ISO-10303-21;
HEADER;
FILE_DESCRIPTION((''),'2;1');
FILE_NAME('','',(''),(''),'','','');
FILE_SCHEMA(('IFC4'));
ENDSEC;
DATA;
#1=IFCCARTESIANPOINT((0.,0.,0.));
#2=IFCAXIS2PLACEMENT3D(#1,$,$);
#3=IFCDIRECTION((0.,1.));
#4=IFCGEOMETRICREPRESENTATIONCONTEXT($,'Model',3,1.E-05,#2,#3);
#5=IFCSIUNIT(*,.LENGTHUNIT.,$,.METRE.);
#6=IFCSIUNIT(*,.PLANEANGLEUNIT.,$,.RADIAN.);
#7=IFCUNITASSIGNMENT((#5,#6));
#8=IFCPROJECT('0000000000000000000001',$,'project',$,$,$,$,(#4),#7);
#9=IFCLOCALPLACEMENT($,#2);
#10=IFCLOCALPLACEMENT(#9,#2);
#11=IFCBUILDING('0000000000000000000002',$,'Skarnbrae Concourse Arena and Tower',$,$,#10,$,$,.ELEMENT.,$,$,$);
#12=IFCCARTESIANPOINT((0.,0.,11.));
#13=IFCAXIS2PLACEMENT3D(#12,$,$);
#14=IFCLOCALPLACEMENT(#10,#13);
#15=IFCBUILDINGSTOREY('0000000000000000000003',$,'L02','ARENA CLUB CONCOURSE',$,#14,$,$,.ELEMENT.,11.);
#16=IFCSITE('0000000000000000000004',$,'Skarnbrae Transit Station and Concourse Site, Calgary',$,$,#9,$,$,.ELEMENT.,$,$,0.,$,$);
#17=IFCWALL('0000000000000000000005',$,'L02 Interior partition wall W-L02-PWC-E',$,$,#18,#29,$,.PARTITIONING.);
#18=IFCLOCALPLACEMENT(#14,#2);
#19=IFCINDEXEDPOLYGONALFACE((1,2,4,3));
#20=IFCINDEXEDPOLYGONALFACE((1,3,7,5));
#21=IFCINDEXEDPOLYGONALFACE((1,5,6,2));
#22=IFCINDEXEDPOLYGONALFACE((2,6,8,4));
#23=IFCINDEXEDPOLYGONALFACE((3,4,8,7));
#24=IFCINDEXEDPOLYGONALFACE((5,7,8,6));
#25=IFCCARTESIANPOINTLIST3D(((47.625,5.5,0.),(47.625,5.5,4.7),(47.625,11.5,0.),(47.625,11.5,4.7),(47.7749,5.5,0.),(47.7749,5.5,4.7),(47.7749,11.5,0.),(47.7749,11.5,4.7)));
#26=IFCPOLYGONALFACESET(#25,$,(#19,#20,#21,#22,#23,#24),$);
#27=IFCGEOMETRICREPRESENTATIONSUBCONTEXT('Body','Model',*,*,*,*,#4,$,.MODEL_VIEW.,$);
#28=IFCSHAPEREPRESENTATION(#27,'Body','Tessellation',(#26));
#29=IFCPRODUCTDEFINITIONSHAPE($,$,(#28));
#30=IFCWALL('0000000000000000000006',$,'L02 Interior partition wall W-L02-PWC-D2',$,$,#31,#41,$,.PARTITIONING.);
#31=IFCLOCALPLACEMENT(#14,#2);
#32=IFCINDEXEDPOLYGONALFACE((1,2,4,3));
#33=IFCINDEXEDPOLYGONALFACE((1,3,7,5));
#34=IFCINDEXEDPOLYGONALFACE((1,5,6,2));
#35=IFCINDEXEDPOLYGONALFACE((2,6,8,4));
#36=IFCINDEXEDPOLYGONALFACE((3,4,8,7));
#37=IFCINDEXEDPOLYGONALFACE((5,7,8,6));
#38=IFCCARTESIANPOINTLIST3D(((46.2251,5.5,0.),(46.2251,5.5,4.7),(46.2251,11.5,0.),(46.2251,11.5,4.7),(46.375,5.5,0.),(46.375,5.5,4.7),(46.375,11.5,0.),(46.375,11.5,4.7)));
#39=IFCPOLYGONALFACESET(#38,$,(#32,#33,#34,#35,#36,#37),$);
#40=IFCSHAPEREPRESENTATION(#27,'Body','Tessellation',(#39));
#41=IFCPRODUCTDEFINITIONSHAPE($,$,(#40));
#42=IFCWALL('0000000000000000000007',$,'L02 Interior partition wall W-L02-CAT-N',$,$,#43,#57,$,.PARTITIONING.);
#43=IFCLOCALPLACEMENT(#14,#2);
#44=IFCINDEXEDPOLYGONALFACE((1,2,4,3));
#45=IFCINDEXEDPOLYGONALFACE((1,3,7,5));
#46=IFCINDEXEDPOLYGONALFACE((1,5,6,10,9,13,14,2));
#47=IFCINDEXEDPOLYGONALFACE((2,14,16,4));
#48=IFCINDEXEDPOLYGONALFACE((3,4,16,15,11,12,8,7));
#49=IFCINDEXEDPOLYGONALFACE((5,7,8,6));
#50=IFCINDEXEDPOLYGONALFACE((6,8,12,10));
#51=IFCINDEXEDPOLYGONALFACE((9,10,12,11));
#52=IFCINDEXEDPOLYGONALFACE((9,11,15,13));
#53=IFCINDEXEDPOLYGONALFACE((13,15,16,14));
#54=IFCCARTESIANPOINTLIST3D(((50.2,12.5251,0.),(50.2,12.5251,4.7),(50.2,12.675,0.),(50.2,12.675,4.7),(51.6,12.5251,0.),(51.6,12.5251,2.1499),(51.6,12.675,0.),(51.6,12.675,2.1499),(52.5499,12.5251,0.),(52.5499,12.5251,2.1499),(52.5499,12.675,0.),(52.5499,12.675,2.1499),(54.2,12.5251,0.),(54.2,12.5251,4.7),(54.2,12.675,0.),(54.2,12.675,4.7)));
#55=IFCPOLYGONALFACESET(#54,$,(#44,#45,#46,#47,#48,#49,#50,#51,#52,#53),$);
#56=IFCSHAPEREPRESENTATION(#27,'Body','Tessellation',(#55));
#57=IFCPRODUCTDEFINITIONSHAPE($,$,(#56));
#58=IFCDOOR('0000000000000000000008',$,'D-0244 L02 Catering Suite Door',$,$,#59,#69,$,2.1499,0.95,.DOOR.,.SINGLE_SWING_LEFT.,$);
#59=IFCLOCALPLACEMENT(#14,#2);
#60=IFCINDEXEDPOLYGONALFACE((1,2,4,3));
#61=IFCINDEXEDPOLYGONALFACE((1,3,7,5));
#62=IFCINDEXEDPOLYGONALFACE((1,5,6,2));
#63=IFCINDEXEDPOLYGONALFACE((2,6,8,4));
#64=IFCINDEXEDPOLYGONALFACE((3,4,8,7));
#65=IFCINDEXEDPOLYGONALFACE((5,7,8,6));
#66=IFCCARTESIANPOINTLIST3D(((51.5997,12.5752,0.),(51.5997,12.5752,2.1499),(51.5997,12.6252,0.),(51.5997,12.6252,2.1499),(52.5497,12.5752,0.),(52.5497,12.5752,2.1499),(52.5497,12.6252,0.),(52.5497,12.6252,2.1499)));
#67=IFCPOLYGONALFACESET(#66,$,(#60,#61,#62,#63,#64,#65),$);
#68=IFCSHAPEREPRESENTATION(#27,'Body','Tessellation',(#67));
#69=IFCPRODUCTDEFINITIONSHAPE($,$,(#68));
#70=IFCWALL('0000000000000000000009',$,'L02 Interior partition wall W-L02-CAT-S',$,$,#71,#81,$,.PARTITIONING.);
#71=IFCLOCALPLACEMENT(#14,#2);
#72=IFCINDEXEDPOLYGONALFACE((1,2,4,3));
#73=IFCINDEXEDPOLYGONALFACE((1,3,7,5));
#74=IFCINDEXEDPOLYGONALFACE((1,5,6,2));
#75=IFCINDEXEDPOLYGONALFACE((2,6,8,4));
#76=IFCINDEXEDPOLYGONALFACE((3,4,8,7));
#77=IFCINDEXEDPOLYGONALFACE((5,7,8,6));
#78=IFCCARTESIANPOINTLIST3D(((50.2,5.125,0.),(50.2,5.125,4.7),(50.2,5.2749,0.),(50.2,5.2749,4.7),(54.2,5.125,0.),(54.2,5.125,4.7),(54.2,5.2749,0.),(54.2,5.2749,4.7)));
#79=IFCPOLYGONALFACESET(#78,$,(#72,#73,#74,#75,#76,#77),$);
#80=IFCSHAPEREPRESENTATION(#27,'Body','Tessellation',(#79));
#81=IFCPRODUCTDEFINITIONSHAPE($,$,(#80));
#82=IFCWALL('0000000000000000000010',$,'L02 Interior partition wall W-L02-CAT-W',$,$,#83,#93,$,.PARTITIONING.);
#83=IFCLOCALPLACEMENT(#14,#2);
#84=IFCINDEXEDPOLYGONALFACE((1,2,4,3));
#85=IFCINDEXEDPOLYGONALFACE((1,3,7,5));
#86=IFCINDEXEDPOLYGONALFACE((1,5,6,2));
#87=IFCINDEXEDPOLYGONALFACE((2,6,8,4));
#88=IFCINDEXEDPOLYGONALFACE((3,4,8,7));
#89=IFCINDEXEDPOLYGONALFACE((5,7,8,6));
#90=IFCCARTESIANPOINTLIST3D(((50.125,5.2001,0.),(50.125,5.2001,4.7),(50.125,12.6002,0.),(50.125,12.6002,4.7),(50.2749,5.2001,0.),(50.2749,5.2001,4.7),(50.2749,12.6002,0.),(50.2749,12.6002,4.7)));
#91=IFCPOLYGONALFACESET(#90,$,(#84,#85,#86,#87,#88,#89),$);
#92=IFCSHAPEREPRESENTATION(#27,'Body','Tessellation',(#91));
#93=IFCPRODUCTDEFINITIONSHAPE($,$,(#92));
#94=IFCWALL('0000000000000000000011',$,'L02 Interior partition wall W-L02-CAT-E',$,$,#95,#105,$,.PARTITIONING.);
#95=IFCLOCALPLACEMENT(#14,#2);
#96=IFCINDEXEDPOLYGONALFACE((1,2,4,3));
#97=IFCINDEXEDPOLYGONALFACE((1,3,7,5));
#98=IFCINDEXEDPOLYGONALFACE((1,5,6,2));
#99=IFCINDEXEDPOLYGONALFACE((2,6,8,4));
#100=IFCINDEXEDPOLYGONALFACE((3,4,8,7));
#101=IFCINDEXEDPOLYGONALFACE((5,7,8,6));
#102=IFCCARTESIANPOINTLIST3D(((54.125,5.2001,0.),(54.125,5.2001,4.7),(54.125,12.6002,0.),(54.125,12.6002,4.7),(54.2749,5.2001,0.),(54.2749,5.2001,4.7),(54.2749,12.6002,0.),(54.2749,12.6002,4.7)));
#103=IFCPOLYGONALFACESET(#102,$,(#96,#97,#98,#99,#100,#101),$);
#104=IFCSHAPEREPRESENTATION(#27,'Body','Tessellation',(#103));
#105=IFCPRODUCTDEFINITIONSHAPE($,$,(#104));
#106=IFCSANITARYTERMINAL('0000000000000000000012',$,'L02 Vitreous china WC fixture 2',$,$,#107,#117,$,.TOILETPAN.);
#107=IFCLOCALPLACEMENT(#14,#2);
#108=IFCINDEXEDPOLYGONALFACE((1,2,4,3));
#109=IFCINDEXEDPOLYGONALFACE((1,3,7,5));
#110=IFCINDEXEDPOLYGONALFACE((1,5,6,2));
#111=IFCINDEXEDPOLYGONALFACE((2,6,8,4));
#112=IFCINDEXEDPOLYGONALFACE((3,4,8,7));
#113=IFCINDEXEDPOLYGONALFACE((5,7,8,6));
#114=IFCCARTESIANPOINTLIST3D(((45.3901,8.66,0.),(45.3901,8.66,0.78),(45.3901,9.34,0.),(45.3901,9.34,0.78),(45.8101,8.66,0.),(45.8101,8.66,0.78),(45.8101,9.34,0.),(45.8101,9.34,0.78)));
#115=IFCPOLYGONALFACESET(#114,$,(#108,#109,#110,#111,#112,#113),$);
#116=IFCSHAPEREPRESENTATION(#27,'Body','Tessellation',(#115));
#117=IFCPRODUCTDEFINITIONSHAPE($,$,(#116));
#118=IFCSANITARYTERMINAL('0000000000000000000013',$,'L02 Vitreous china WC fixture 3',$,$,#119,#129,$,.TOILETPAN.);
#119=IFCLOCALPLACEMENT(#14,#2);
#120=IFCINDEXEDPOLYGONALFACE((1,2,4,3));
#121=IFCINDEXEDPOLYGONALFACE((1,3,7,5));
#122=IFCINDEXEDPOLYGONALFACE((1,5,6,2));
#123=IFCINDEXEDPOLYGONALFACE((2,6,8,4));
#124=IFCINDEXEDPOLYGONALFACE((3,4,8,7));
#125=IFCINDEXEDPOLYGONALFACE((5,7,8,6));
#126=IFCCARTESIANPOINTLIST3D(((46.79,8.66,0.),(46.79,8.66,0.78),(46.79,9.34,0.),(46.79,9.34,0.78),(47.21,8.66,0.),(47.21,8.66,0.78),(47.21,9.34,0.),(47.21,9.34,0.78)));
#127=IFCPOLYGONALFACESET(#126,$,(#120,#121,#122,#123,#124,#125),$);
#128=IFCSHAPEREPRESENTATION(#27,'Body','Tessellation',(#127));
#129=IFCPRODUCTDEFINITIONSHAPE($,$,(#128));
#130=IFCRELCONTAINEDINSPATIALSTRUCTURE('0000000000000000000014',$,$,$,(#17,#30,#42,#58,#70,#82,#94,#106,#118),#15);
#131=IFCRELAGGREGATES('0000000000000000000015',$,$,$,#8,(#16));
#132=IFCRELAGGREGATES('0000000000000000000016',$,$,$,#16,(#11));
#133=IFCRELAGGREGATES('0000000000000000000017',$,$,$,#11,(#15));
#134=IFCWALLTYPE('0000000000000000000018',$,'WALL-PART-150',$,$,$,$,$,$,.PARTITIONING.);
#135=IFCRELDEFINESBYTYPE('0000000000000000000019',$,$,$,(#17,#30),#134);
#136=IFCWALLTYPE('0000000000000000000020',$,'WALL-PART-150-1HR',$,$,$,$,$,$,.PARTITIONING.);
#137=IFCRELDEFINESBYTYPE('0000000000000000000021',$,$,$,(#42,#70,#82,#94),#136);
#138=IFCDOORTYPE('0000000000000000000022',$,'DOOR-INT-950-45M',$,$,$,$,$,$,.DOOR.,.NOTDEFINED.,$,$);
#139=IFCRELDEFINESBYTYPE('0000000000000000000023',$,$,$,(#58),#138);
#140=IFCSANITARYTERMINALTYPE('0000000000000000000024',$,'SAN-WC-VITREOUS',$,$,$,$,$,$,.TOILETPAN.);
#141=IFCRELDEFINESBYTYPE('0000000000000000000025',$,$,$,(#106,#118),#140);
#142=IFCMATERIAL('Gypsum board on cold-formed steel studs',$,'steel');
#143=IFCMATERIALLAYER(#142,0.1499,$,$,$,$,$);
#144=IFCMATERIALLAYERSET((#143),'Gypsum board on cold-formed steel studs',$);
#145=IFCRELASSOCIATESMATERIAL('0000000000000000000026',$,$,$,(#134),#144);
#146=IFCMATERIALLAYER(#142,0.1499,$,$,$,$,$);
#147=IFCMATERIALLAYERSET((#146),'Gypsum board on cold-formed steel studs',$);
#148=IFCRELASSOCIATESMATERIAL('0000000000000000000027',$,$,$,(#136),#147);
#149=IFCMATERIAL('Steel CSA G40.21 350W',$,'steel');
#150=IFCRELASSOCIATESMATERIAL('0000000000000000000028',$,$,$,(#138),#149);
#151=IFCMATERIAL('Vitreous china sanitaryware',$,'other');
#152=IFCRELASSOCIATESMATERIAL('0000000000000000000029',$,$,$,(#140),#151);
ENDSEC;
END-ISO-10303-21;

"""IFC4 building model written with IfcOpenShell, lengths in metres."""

from ifc_helpers import new_model, si_unit, direction, frame, frame_2d, origin, origin_2d, place, context, subcontext, project, spatial, rectangle, extrude, source, transform, mapped, material, layer, layer_set, type_object, element, fill, save


model = new_model("IFC4")

# Units and contexts
model_context = context("Model", 3, precision=1e-05, world=origin(), true_north=direction((0.0, 1.0)))
body_context = subcontext(model_context, "Body", "Model", "MODEL_VIEW")
ifc_project = project(units=[si_unit("LENGTHUNIT", "METRE"), si_unit("PLANEANGLEUNIT", "RADIAN")], contexts=[model_context])

# Site, building, storey
site_placement = place(None, origin())
site = spatial("IfcSite", under=ifc_project, at=site_placement, Name="Skarnbrae Transit Station and Concourse Site, Calgary", CompositionType="ELEMENT", RefElevation=0.0)
building_placement = place(site_placement, origin())
building = spatial("IfcBuilding", under=site, at=building_placement, Name="Skarnbrae Concourse Arena and Tower", CompositionType="ELEMENT")
storey_placement = place(building_placement, frame((0.0, 0.0, 11.0)))
storey = spatial("IfcBuildingStorey", under=building, at=storey_placement, Name="L02", Description="ARENA CLUB CONCOURSE", CompositionType="ELEMENT", Elevation=11.0)

# Shared definitions
ifc_material_1 = material(Name="Steel CSA G40.21 350W", Category="steel")

# Walls
ifc_material_2 = material(Name="Gypsum board on cold-formed steel studs", Category="steel")
ifc_layer_1 = layer(ifc_material_2, 0.1499)
ifc_layer_set_1 = layer_set([ifc_layer_1], Name="Gypsum board on cold-formed steel studs")
wall_type_1 = type_object("IfcWallType", Name="WALL-PART-150", PredefinedType="PARTITIONING", material=ifc_layer_set_1)
shared_shape_1 = source(origin(), body_context, "Body", "SweptSolid", [
    extrude(rectangle(XDim=6.0, YDim=0.1499, at=frame_2d((3.0, 0.0))), origin(), (0.0, 0.0, 1.0), 4.7),
])
for number, where, z_axis, x_axis, name in (
    (1, (47.7, 5.5, 0.0), (0.0, 0.0, 1.0), (0.0, 1.0, 0.0), "L02 Interior partition wall W-L02-PWC-E"),
    (2, (46.3, 5.5, 0.0), (0.0, 0.0, 1.0), (0.0, 1.0, 0.0), "L02 Interior partition wall W-L02-PWC-D2"),
):
    element("IfcWall", number, at=place(storey_placement, frame(where, z_axis=z_axis, x_axis=x_axis)), inside=storey, type_object=wall_type_1, Name=name, PredefinedType="PARTITIONING", context=body_context, shape_type="MappedRepresentation", body=[
        mapped(shared_shape_1, transform((0.0, 0.0, 0.0))),
    ])

# Wall, opening, door
ifc_layer_2 = layer(ifc_material_2, 0.1499)
ifc_layer_set_2 = layer_set([ifc_layer_2], Name="Gypsum board on cold-formed steel studs")
wall_type_2 = type_object("IfcWallType", Name="WALL-PART-150-1HR", PredefinedType="PARTITIONING", material=ifc_layer_set_2)
shared_shape_2 = source(origin(), body_context, "Body", "SweptSolid", [
    extrude(rectangle(XDim=4.0, YDim=0.1499, at=frame_2d((2.0, 0.0))), origin(), (0.0, 0.0, 1.0), 4.7),
])
wall_1_placement = place(storey_placement, frame((50.2, 12.6001, 0.0), z_axis=(0.0, 0.0, 1.0), x_axis=(1.0, 0.0, 0.0)))
wall_1 = element("IfcWall", 3, at=wall_1_placement, inside=storey, type_object=wall_type_2, Name="L02 Interior partition wall W-L02-CAT-N", PredefinedType="PARTITIONING", context=body_context, shape_type="MappedRepresentation", body=[
    mapped(shared_shape_2, transform((0.0, 0.0, 0.0))),
])
opening_placement = place(wall_1_placement, frame((1.3999, 0.0, 0.0)))
opening = element("IfcOpeningElement", 4, at=opening_placement, cuts=wall_1, PredefinedType="OPENING", context=body_context, shape_type="SweptSolid", body=[
    extrude(rectangle(XDim=0.95, YDim=2.1499, at=frame_2d((0.4751, 1.075))), frame((0.0, 0.085, 0.0), z_axis=(0.0, -1.0, 0.0), x_axis=(1.0, 0.0, 0.0)), (0.0, 0.0, 1.0), 0.1699),
])
door_type = type_object("IfcDoorType", Name="DOOR-INT-950-45M", OperationType="NOTDEFINED", PredefinedType="DOOR", material=ifc_material_1)
shared_shape_3 = source(origin(), body_context, "Body", "SweptSolid", [
    extrude(rectangle(XDim=0.95, YDim=2.1499, at=frame_2d((0.4751, 1.075))), frame((0.0, 0.0249, 0.0), z_axis=(0.0, -1.0, 0.0), x_axis=(1.0, 0.0, 0.0)), (0.0, 0.0, 1.0), 0.05),
])
door_placement = place(opening_placement, frame((0.95, 0.0, 0.0), z_axis=(0.0, 0.0, 1.0), x_axis=(-1.0, 0.0, 0.0)))
door = element("IfcDoor", 5, at=door_placement, inside=storey, type_object=door_type, Name="D-0244 L02 Catering Suite Door", OperationType="SINGLE_SWING_LEFT", OverallHeight=2.1499, OverallWidth=0.95, PredefinedType="DOOR", context=body_context, shape_type="MappedRepresentation", body=[
    mapped(shared_shape_3, transform((0.0, 0.0, 0.0))),
])
fill(opening, door)

# Walls
wall_2_placement = place(storey_placement, frame((50.2, 5.2, 0.0), z_axis=(0.0, 0.0, 1.0), x_axis=(1.0, 0.0, 0.0)))
element("IfcWall", 6, at=wall_2_placement, inside=storey, type_object=wall_type_2, Name="L02 Interior partition wall W-L02-CAT-S", PredefinedType="PARTITIONING", context=body_context, shape_type="MappedRepresentation", body=[
    mapped(shared_shape_2, transform((0.0, 0.0, 0.0))),
])
shared_shape_4 = source(origin(), body_context, "Body", "SweptSolid", [
    extrude(rectangle(XDim=7.4001, YDim=0.1499, at=frame_2d((3.7002, 0.0))), origin(), (0.0, 0.0, 1.0), 4.7),
])
for number, where, z_axis, x_axis, name in (
    (7, (50.2, 5.2, 0.0), (0.0, 0.0, 1.0), (0.0, 1.0, 0.0), "L02 Interior partition wall W-L02-CAT-W"),
    (8, (54.2, 5.2, 0.0), (0.0, 0.0, 1.0), (0.0, 1.0, 0.0), "L02 Interior partition wall W-L02-CAT-E"),
):
    element("IfcWall", number, at=place(storey_placement, frame(where, z_axis=z_axis, x_axis=x_axis)), inside=storey, type_object=wall_type_2, Name=name, PredefinedType="PARTITIONING", context=body_context, shape_type="MappedRepresentation", body=[
        mapped(shared_shape_4, transform((0.0, 0.0, 0.0))),
    ])

# Sanitary terminals
ifc_material_3 = material(Name="Vitreous china sanitaryware", Category="other")
sanitary_terminal_type = type_object("IfcSanitaryTerminalType", Name="SAN-WC-VITREOUS", PredefinedType="TOILETPAN", material=ifc_material_3)
shared_shape_5 = source(origin(), body_context, "Body", "SweptSolid", [
    extrude(rectangle(XDim=0.4199, YDim=0.6799, at=origin_2d()), origin(), (0.0, 0.0, 1.0), 0.78),
])
for number, where, z_axis, x_axis, name in (
    (9, (45.6001, 9.0, 0.0), (0.0, 0.0, 1.0), (1.0, 0.0, 0.0), "L02 Vitreous china WC fixture 2"),
    (10, (47.0, 9.0, 0.0), (0.0, 0.0, 1.0), (1.0, 0.0, 0.0), "L02 Vitreous china WC fixture 3"),
):
    element("IfcSanitaryTerminal", number, at=place(storey_placement, frame(where, z_axis=z_axis, x_axis=x_axis)), inside=storey, type_object=sanitary_terminal_type, Name=name, PredefinedType="TOILETPAN", context=body_context, shape_type="MappedRepresentation", body=[
        mapped(shared_shape_5, transform((0.0, 0.0, 0.0))),
    ])

save(model, "model.ifc")
